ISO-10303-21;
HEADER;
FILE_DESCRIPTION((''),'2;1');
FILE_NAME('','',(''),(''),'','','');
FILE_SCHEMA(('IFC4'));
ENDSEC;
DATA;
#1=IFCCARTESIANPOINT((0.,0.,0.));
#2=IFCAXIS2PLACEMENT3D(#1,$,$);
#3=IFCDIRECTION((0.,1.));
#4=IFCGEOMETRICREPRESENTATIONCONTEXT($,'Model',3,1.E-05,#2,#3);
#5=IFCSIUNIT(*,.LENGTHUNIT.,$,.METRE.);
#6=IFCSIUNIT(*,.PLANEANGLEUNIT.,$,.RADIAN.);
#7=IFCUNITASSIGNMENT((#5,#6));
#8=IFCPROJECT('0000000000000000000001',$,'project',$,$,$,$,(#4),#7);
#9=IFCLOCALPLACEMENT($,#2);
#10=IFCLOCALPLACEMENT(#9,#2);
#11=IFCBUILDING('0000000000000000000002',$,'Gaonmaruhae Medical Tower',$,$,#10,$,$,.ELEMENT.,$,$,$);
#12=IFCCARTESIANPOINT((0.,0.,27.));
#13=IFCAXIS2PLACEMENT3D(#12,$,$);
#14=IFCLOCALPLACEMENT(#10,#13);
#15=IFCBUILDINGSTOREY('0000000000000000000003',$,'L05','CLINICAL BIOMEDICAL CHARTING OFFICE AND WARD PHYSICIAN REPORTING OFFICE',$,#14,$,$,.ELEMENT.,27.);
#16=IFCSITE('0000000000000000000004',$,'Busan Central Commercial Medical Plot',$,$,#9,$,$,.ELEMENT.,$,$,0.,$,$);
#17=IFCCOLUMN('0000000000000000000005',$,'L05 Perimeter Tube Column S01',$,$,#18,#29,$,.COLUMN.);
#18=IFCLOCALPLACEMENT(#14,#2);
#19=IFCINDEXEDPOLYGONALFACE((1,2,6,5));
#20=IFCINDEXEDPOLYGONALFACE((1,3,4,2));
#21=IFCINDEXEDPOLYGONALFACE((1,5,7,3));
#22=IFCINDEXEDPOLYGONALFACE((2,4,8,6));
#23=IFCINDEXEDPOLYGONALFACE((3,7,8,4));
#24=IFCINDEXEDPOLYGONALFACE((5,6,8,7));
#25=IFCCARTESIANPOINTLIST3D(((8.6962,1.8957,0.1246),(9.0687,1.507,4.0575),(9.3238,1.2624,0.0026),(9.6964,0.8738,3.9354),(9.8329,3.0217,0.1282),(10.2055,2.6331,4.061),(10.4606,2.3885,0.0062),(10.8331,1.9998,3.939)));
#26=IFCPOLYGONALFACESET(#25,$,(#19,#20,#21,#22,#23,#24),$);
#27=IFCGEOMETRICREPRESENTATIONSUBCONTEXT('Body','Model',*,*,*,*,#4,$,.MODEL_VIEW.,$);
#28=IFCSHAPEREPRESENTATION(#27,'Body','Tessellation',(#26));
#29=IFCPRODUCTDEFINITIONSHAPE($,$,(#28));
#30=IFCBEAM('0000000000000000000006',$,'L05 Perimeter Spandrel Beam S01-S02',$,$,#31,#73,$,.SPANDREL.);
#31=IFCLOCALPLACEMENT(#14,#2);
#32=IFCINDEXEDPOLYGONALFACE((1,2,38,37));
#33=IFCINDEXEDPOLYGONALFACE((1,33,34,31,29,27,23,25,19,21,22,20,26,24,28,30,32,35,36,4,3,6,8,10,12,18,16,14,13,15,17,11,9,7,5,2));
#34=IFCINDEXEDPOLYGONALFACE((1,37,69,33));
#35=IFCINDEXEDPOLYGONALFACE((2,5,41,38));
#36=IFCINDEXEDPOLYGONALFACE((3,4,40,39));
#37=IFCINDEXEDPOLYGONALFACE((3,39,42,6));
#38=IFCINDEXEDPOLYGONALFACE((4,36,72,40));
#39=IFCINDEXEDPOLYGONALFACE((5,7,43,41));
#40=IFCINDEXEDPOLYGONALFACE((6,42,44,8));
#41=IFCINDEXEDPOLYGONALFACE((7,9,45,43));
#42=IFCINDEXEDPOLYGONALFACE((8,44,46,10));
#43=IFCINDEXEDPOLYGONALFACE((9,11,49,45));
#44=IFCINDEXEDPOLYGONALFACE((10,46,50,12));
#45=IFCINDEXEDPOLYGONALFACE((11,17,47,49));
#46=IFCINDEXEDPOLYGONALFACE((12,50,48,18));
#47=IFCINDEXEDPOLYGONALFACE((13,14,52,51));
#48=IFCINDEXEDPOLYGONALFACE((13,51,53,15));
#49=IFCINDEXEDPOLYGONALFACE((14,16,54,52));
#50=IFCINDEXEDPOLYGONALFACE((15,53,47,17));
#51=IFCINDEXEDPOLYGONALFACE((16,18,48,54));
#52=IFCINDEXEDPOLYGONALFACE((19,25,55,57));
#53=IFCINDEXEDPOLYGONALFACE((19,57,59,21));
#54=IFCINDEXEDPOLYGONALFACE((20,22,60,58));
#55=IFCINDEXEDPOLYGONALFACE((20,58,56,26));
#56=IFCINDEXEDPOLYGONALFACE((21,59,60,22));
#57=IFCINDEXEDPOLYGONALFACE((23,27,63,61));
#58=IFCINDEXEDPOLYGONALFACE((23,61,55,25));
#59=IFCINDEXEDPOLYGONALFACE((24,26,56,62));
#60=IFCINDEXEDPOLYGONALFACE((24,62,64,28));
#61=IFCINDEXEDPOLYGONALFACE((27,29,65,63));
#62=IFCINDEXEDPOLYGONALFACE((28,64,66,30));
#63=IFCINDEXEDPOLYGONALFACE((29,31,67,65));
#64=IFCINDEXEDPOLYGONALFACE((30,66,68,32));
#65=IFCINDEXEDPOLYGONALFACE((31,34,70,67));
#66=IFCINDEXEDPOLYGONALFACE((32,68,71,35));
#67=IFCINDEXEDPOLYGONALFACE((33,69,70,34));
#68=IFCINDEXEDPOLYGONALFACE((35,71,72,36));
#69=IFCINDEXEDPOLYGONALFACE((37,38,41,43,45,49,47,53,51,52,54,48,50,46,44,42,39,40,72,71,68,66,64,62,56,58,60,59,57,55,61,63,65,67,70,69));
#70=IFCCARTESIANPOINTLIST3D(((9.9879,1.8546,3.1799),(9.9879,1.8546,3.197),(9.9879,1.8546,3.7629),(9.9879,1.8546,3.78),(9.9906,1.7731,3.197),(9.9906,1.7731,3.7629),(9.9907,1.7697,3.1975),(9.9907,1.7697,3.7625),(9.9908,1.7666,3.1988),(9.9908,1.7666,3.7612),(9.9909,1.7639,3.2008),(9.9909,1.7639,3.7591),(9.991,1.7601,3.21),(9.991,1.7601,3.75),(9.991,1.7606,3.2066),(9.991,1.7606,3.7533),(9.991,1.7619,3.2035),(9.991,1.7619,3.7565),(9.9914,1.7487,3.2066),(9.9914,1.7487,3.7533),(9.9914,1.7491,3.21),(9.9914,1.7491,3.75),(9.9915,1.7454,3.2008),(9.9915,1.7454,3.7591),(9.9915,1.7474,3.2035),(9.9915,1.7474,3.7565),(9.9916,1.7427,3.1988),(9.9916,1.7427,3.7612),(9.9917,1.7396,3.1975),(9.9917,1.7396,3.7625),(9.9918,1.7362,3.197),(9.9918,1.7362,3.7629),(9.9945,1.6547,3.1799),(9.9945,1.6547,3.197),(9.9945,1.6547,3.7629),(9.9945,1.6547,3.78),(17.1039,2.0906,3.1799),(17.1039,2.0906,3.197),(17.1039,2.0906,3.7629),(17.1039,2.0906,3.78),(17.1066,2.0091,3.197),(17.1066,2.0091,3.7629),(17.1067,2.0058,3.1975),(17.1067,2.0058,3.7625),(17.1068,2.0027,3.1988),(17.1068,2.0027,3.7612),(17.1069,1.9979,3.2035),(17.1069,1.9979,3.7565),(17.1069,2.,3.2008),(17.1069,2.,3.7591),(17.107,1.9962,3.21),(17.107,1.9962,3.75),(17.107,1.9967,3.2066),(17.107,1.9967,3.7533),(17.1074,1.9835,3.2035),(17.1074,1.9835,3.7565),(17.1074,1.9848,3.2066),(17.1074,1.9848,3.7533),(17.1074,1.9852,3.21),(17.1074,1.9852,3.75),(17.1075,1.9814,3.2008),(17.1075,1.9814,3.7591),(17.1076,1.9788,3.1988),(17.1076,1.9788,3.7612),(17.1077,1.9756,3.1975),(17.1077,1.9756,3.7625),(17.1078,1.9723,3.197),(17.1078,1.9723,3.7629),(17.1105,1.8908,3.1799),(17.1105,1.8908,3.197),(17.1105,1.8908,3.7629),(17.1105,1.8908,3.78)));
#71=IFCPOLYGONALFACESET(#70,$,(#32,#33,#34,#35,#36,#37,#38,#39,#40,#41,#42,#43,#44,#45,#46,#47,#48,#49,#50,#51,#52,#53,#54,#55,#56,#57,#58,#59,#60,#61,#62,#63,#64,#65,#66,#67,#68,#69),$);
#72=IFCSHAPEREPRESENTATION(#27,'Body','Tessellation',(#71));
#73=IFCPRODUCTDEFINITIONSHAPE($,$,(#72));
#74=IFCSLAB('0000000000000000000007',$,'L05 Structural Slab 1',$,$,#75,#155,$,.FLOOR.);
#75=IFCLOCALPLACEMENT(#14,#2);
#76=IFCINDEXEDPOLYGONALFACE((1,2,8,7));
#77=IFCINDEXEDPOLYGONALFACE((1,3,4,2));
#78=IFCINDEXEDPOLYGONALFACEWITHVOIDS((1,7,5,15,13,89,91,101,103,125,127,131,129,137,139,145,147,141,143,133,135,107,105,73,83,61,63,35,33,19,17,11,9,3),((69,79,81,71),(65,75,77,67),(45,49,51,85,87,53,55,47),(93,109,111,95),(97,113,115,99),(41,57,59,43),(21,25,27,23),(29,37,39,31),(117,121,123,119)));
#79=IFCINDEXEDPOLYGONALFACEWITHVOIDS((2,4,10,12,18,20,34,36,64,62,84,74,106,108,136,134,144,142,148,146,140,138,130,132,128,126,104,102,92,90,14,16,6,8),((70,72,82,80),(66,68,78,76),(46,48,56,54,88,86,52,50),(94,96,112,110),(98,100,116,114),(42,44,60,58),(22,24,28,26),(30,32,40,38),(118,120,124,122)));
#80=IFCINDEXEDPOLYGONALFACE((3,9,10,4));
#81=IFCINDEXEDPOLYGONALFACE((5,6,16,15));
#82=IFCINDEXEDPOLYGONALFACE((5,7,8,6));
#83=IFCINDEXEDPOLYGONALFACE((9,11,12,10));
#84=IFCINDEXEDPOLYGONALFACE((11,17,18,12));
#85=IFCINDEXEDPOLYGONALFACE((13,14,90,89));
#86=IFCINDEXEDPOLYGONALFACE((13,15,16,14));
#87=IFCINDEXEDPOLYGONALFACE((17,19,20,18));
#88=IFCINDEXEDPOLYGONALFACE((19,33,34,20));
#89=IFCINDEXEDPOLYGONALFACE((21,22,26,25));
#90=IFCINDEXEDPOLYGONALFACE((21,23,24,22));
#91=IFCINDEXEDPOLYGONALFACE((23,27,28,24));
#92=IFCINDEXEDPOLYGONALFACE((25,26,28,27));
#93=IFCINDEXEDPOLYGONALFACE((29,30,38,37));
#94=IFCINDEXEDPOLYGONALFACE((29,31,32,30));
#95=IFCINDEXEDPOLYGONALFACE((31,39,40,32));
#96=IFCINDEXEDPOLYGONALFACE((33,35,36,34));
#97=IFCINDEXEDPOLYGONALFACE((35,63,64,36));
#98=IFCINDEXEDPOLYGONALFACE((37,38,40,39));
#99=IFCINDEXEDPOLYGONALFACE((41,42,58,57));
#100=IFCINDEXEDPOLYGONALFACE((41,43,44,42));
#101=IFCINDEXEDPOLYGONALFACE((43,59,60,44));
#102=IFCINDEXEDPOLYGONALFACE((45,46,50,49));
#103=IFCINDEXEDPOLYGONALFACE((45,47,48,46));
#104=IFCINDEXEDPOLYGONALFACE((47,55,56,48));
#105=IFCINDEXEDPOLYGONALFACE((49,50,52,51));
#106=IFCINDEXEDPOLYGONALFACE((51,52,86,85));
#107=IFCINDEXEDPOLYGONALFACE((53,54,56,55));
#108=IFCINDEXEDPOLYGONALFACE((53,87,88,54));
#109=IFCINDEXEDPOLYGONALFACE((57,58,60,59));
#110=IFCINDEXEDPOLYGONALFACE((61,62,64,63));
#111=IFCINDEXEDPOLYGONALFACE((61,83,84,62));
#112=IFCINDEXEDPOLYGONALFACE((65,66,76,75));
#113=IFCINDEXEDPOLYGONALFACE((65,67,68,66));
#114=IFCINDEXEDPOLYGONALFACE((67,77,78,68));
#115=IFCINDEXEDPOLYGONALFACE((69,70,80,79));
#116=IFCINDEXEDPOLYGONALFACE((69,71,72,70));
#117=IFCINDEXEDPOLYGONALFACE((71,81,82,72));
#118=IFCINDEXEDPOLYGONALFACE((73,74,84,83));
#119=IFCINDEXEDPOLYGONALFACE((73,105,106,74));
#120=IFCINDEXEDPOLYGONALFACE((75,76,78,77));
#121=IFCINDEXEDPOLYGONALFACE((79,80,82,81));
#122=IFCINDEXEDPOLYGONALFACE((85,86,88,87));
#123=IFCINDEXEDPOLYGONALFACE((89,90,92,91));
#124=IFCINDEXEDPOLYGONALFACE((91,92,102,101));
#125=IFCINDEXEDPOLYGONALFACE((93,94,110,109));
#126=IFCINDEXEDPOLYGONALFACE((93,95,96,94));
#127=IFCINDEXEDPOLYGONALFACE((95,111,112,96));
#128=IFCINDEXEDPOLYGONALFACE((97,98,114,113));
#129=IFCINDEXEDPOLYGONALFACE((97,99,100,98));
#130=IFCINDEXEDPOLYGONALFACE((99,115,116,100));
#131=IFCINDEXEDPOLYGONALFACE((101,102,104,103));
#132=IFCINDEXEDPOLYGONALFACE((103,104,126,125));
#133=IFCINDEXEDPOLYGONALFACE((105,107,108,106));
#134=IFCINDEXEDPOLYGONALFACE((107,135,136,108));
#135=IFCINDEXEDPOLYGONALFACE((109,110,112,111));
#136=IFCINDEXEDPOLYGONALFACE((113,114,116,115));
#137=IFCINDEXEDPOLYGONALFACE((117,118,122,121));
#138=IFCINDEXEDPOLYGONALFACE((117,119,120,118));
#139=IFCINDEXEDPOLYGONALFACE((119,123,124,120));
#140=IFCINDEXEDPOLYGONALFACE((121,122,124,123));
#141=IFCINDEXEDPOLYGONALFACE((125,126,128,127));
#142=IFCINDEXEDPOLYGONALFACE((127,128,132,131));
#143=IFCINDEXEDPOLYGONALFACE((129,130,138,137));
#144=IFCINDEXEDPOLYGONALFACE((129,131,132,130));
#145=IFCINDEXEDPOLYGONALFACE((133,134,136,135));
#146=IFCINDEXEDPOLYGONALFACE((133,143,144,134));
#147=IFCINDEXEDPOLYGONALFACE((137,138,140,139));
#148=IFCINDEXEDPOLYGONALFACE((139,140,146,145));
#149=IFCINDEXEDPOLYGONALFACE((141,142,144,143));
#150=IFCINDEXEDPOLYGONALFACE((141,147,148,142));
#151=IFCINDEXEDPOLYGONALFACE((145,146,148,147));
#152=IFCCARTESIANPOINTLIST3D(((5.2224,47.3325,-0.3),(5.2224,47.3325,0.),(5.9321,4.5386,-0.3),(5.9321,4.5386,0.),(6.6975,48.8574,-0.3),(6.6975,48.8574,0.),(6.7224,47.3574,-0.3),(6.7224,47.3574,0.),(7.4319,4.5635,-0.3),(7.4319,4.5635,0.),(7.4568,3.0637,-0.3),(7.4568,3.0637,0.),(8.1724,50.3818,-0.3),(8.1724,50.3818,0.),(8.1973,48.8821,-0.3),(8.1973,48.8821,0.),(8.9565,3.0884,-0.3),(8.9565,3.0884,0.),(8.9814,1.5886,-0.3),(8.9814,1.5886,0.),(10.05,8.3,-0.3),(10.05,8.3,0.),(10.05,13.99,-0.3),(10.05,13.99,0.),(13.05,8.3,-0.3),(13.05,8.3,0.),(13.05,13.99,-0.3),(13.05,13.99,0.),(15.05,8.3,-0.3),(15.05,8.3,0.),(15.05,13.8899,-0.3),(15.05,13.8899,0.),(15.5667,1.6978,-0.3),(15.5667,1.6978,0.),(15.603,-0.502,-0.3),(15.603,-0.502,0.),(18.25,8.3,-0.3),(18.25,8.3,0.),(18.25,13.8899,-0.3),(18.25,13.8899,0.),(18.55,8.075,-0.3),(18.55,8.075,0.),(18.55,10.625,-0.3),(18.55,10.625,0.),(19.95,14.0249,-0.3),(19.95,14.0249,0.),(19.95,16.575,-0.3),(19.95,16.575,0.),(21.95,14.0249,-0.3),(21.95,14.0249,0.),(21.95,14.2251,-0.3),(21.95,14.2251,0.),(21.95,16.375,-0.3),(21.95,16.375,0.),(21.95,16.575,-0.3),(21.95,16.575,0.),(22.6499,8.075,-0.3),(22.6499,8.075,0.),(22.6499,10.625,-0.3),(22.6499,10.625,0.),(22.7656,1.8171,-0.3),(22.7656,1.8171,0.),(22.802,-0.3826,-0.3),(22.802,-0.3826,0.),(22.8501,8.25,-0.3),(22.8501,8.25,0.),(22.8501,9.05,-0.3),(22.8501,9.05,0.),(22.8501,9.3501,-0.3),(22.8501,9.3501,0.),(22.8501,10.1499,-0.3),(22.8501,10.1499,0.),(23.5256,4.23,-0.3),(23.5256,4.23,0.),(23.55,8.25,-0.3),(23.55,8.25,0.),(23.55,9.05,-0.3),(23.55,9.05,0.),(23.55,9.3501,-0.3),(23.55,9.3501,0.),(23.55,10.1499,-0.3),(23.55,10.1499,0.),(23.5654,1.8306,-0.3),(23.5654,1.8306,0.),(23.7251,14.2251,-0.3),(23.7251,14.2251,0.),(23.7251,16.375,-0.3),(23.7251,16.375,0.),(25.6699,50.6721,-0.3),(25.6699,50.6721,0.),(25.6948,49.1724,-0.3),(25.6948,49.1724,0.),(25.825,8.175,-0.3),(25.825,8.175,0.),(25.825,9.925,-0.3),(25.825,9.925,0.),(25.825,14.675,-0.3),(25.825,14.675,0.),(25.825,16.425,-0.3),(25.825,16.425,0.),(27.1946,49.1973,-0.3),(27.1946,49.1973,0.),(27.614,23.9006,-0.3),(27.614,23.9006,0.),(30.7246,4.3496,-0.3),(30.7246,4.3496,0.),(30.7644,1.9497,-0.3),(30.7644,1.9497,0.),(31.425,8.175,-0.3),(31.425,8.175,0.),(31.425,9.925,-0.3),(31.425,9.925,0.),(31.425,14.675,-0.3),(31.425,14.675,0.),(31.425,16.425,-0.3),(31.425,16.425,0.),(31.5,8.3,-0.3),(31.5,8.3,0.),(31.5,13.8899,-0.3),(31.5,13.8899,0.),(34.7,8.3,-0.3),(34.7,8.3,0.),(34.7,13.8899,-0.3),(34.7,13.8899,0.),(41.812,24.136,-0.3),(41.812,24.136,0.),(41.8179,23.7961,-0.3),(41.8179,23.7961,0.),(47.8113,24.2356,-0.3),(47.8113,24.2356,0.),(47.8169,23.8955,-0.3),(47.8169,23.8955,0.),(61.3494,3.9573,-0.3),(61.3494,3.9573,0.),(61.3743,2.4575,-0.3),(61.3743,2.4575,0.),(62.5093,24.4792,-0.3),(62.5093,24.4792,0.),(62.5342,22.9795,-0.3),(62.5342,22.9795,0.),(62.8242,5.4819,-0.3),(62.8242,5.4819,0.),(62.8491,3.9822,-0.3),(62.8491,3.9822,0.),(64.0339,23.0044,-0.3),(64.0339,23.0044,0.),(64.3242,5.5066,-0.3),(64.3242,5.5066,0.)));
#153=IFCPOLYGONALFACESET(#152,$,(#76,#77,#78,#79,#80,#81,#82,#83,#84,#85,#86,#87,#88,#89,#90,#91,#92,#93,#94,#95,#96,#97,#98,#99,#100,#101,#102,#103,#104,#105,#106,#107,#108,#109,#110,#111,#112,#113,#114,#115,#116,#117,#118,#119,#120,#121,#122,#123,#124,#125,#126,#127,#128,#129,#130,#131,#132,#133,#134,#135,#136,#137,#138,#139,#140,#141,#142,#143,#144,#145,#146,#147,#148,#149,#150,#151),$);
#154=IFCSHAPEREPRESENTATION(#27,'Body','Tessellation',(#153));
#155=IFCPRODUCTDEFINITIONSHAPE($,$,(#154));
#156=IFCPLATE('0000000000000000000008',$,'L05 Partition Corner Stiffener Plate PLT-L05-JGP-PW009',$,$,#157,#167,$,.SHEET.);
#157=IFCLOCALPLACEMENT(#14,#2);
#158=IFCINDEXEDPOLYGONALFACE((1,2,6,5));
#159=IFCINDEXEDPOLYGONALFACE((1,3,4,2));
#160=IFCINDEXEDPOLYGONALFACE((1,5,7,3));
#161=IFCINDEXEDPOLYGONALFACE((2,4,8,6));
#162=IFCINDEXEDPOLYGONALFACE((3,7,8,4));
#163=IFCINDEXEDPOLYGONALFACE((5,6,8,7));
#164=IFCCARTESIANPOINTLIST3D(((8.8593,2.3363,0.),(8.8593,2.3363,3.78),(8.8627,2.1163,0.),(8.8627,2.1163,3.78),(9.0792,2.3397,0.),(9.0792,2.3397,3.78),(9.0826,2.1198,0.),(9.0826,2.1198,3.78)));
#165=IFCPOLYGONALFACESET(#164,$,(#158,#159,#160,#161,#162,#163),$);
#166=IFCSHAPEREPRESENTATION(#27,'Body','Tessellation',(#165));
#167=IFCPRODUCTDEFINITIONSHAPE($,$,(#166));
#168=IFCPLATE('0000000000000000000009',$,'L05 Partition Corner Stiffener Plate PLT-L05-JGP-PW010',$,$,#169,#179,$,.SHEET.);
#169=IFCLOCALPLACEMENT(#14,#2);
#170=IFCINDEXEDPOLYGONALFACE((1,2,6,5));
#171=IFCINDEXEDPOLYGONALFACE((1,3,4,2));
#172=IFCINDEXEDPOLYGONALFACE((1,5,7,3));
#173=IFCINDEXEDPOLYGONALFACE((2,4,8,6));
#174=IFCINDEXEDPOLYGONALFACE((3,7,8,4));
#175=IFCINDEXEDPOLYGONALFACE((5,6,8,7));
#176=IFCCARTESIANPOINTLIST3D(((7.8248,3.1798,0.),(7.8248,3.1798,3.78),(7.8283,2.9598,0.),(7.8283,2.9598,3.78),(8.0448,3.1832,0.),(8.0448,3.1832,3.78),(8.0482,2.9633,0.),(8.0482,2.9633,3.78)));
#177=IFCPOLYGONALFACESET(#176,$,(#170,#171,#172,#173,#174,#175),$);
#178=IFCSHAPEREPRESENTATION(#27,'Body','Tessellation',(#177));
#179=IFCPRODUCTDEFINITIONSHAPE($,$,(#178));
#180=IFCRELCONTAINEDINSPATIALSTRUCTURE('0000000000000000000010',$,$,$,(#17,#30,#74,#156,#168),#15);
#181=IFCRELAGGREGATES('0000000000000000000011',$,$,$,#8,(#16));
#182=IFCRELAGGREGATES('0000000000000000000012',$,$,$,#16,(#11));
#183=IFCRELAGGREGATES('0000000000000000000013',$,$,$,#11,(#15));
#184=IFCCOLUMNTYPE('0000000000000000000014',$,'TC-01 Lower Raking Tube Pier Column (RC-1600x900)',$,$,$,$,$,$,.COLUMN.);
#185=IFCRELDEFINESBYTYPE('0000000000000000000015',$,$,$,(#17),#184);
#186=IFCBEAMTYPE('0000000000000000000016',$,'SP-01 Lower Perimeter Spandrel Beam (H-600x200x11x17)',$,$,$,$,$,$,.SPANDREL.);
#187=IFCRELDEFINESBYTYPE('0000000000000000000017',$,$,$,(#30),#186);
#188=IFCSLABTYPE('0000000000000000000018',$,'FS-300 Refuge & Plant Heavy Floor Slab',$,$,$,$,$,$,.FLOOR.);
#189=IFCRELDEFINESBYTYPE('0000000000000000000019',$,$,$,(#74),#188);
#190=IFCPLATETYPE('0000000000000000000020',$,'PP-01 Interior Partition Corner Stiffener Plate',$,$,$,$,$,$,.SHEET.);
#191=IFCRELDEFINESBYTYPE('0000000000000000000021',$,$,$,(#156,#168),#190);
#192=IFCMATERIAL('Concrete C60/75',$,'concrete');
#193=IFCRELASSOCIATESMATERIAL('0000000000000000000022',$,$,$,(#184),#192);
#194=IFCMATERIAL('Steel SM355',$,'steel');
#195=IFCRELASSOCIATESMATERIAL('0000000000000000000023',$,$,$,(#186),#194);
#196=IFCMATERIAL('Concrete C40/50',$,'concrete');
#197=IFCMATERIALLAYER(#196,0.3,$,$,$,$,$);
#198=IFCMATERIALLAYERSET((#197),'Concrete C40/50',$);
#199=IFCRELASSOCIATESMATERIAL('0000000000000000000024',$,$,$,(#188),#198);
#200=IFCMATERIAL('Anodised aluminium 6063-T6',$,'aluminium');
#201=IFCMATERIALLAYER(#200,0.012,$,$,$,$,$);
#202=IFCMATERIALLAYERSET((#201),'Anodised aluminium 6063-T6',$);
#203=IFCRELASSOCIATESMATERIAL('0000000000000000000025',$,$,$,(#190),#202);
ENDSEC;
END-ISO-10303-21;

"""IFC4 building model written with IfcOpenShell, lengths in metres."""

from ifc_helpers import new_model, si_unit, direction, frame, origin, origin_2d, place, context, subcontext, project, spatial, polyline, rectangle, i_section, outline, extrude, material, layer, layer_set, material_profile, profile_set, type_object, element, save


model = new_model("IFC4")

# Units and contexts
model_context = context("Model", 3, precision=1e-05, world=origin(), true_north=direction((0.0, 1.0)))
body_context = subcontext(model_context, "Body", "Model", "MODEL_VIEW")
ifc_project = project(units=[si_unit("LENGTHUNIT", "METRE"), si_unit("PLANEANGLEUNIT", "RADIAN")], contexts=[model_context])

# Site, building, storey
site_placement = place(None, origin())
site = spatial("IfcSite", under=ifc_project, at=site_placement, Name="Busan Central Commercial Medical Plot", CompositionType="ELEMENT", RefElevation=0.0)
building_placement = place(site_placement, origin())
building = spatial("IfcBuilding", under=site, at=building_placement, Name="Gaonmaruhae Medical Tower", CompositionType="ELEMENT")
storey_placement = place(building_placement, frame((0.0, 0.0, 27.0)))
storey = spatial("IfcBuildingStorey", under=building, at=storey_placement, Name="L05", Description="CLINICAL BIOMEDICAL CHARTING OFFICE AND WARD PHYSICIAN REPORTING OFFICE", CompositionType="ELEMENT", Elevation=27.0)

# Column
ifc_material_1 = material(Name="Concrete C60/75", Category="concrete")
ifc_material_profile_1 = material_profile(ifc_material_1, rectangle(XDim=1.6001, YDim=0.8999, at=origin_2d()), Name="RC-1600x900")
ifc_profile_set_1 = profile_set([ifc_material_profile_1], Name="Concrete C60/75")
column_type = type_object("IfcColumnType", Name="TC-01 Lower Raking Tube Pier Column (RC-1600x900)", PredefinedType="COLUMN", material=ifc_profile_set_1)
column_placement = place(storey_placement, frame((9.5784, 2.1421, 0.0654), z_axis=(0.093854, -0.097914, 0.990759), x_axis=(0.710446, 0.703748, 0.002249)))
element("IfcColumn", 1, at=column_placement, inside=storey, type_object=column_type, Name="L05 Perimeter Tube Column S01", PredefinedType="COLUMN", context=body_context, shape_type="SweptSolid", body=[
    extrude(rectangle(XDim=1.6001, YDim=0.8999, at=origin_2d()), origin(), (0.0, 0.0, 1.0), 3.9695),
])

# Beam
ifc_material_2 = material(Name="Steel SM355", Category="steel")
ifc_material_profile_2 = material_profile(ifc_material_2, i_section(OverallWidth=0.2, OverallDepth=0.6001, WebThickness=0.011, FlangeThickness=0.0171, FilletRadius=0.0129, at=origin_2d()), Name="H-600x200x11x17")
ifc_profile_set_2 = profile_set([ifc_material_profile_2], Name="Steel SM355")
beam_type = type_object("IfcBeamType", Name="SP-01 Lower Perimeter Spandrel Beam (H-600x200x11x17)", PredefinedType="SPANDREL", material=ifc_profile_set_2)
beam_placement = place(storey_placement, frame((9.9912, 1.7546, 3.48), z_axis=(0.99945, 0.033158, 0.0), x_axis=(-0.033158, 0.99945, 0.0)))
element("IfcBeam", 2, at=beam_placement, inside=storey, type_object=beam_type, Name="L05 Perimeter Spandrel Beam S01-S02", PredefinedType="SPANDREL", context=body_context, shape_type="SweptSolid", body=[
    extrude(i_section(OverallWidth=0.2, OverallDepth=0.6001, WebThickness=0.011, FlangeThickness=0.0171, FilletRadius=0.0129, at=origin_2d()), origin(), (0.0, 0.0, 1.0), 7.1199),
])

# Slab
ifc_material_3 = material(Name="Concrete C40/50", Category="concrete")
ifc_layer_1 = layer(ifc_material_3, 0.3)
ifc_layer_set_1 = layer_set([ifc_layer_1], Name="Concrete C40/50")
slab_type_1 = type_object("IfcSlabType", Name="FS-300 Refuge & Plant Heavy Floor Slab", PredefinedType="FLOOR", material=ifc_layer_set_1)
slab_1_placement = place(storey_placement, frame((0.0, 0.0, -0.3)))
element("IfcSlab", 3, at=slab_1_placement, inside=storey, type_object=slab_type_1, Name="L05 Structural Slab 1", PredefinedType="FLOOR", context=body_context, shape_type="SweptSolid", body=[
    extrude(outline(polyline([(64.0339, 23.0044), (64.3242, 5.5066), (62.8242, 5.4819), (62.8491, 3.9822), (61.3494, 3.9573), (61.3743, 2.4575), (30.7644, 1.9497), (30.7246, 4.3496), (23.5256, 4.23), (23.5654, 1.8306), (22.7656, 1.8171), (22.802, -0.3826), (15.603, -0.502), (15.5667, 1.6978), (8.9814, 1.5886), (8.9565, 3.0884), (7.4568, 3.0637), (7.4319, 4.5635), (5.9321, 4.5386), (5.2224, 47.3325), (6.7224, 47.3574), (6.6975, 48.8574), (8.1973, 48.8821), (8.1724, 50.3818), (25.6699, 50.6721), (25.6948, 49.1724), (27.1946, 49.1973), (27.614, 23.9006), (41.812, 24.136), (41.8179, 23.7961), (47.8169, 23.8955), (47.8113, 24.2356), (62.5093, 24.4792), (62.5342, 22.9795), (64.0339, 23.0044)]), holes=[polyline([(23.55, 8.25), (22.8501, 8.25), (22.8501, 9.05), (23.55, 9.05), (23.55, 8.25)]), polyline([(25.825, 9.925), (31.425, 9.925), (31.425, 8.175), (25.825, 8.175), (25.825, 9.925)]), polyline([(22.6499, 10.625), (22.6499, 8.075), (18.55, 8.075), (18.55, 10.625), (22.6499, 10.625)]), polyline([(23.55, 9.3501), (22.8501, 9.3501), (22.8501, 10.1499), (23.55, 10.1499), (23.55, 9.3501)]), polyline([(15.05, 13.8899), (18.25, 13.8899), (18.25, 8.3), (15.05, 8.3), (15.05, 13.8899)]), polyline([(31.5, 13.8899), (34.7, 13.8899), (34.7, 8.3), (31.5, 8.3), (31.5, 13.8899)]), polyline([(10.05, 13.99), (13.05, 13.99), (13.05, 8.3), (10.05, 8.3), (10.05, 13.99)]), polyline([(21.95, 14.0249), (19.95, 14.0249), (19.95, 16.575), (21.95, 16.575), (21.95, 16.375), (23.7251, 16.375), (23.7251, 14.2251), (21.95, 14.2251), (21.95, 14.0249)]), polyline([(31.425, 16.425), (31.425, 14.675), (25.825, 14.675), (25.825, 16.425), (31.425, 16.425)])]), origin(), (0.0, 0.0, 1.0), 0.3),
])

# Plates
ifc_material_4 = material(Name="Anodised aluminium 6063-T6", Category="aluminium")
ifc_layer_2 = layer(ifc_material_4, 0.012)
ifc_layer_set_2 = layer_set([ifc_layer_2], Name="Anodised aluminium 6063-T6")
plate_type = type_object("IfcPlateType", Name="PP-01 Interior Partition Corner Stiffener Plate", PredefinedType="SHEET", material=ifc_layer_set_2)
for number, where, z_axis, x_axis, name in (
    (4, (8.9709, 2.228, 0.0), (0.0, 0.0, 1.0), (-0.015672, 0.999877, 0.0), "L05 Partition Corner Stiffener Plate PLT-L05-JGP-PW009"),
    (5, (7.9365, 3.0715, 0.0), (0.0, 0.0, 1.0), (-0.999878, -0.015638, 0.0), "L05 Partition Corner Stiffener Plate PLT-L05-JGP-PW010"),
):
    element("IfcPlate", number, at=place(storey_placement, frame(where, z_axis=z_axis, x_axis=x_axis)), inside=storey, type_object=plate_type, Name=name, PredefinedType="SHEET", context=body_context, shape_type="SweptSolid", body=[
        extrude(rectangle(XDim=0.22, YDim=0.22, at=origin_2d()), origin(), (0.0, 0.0, 1.0), 3.78),
    ])

save(model, "model.ifc")
